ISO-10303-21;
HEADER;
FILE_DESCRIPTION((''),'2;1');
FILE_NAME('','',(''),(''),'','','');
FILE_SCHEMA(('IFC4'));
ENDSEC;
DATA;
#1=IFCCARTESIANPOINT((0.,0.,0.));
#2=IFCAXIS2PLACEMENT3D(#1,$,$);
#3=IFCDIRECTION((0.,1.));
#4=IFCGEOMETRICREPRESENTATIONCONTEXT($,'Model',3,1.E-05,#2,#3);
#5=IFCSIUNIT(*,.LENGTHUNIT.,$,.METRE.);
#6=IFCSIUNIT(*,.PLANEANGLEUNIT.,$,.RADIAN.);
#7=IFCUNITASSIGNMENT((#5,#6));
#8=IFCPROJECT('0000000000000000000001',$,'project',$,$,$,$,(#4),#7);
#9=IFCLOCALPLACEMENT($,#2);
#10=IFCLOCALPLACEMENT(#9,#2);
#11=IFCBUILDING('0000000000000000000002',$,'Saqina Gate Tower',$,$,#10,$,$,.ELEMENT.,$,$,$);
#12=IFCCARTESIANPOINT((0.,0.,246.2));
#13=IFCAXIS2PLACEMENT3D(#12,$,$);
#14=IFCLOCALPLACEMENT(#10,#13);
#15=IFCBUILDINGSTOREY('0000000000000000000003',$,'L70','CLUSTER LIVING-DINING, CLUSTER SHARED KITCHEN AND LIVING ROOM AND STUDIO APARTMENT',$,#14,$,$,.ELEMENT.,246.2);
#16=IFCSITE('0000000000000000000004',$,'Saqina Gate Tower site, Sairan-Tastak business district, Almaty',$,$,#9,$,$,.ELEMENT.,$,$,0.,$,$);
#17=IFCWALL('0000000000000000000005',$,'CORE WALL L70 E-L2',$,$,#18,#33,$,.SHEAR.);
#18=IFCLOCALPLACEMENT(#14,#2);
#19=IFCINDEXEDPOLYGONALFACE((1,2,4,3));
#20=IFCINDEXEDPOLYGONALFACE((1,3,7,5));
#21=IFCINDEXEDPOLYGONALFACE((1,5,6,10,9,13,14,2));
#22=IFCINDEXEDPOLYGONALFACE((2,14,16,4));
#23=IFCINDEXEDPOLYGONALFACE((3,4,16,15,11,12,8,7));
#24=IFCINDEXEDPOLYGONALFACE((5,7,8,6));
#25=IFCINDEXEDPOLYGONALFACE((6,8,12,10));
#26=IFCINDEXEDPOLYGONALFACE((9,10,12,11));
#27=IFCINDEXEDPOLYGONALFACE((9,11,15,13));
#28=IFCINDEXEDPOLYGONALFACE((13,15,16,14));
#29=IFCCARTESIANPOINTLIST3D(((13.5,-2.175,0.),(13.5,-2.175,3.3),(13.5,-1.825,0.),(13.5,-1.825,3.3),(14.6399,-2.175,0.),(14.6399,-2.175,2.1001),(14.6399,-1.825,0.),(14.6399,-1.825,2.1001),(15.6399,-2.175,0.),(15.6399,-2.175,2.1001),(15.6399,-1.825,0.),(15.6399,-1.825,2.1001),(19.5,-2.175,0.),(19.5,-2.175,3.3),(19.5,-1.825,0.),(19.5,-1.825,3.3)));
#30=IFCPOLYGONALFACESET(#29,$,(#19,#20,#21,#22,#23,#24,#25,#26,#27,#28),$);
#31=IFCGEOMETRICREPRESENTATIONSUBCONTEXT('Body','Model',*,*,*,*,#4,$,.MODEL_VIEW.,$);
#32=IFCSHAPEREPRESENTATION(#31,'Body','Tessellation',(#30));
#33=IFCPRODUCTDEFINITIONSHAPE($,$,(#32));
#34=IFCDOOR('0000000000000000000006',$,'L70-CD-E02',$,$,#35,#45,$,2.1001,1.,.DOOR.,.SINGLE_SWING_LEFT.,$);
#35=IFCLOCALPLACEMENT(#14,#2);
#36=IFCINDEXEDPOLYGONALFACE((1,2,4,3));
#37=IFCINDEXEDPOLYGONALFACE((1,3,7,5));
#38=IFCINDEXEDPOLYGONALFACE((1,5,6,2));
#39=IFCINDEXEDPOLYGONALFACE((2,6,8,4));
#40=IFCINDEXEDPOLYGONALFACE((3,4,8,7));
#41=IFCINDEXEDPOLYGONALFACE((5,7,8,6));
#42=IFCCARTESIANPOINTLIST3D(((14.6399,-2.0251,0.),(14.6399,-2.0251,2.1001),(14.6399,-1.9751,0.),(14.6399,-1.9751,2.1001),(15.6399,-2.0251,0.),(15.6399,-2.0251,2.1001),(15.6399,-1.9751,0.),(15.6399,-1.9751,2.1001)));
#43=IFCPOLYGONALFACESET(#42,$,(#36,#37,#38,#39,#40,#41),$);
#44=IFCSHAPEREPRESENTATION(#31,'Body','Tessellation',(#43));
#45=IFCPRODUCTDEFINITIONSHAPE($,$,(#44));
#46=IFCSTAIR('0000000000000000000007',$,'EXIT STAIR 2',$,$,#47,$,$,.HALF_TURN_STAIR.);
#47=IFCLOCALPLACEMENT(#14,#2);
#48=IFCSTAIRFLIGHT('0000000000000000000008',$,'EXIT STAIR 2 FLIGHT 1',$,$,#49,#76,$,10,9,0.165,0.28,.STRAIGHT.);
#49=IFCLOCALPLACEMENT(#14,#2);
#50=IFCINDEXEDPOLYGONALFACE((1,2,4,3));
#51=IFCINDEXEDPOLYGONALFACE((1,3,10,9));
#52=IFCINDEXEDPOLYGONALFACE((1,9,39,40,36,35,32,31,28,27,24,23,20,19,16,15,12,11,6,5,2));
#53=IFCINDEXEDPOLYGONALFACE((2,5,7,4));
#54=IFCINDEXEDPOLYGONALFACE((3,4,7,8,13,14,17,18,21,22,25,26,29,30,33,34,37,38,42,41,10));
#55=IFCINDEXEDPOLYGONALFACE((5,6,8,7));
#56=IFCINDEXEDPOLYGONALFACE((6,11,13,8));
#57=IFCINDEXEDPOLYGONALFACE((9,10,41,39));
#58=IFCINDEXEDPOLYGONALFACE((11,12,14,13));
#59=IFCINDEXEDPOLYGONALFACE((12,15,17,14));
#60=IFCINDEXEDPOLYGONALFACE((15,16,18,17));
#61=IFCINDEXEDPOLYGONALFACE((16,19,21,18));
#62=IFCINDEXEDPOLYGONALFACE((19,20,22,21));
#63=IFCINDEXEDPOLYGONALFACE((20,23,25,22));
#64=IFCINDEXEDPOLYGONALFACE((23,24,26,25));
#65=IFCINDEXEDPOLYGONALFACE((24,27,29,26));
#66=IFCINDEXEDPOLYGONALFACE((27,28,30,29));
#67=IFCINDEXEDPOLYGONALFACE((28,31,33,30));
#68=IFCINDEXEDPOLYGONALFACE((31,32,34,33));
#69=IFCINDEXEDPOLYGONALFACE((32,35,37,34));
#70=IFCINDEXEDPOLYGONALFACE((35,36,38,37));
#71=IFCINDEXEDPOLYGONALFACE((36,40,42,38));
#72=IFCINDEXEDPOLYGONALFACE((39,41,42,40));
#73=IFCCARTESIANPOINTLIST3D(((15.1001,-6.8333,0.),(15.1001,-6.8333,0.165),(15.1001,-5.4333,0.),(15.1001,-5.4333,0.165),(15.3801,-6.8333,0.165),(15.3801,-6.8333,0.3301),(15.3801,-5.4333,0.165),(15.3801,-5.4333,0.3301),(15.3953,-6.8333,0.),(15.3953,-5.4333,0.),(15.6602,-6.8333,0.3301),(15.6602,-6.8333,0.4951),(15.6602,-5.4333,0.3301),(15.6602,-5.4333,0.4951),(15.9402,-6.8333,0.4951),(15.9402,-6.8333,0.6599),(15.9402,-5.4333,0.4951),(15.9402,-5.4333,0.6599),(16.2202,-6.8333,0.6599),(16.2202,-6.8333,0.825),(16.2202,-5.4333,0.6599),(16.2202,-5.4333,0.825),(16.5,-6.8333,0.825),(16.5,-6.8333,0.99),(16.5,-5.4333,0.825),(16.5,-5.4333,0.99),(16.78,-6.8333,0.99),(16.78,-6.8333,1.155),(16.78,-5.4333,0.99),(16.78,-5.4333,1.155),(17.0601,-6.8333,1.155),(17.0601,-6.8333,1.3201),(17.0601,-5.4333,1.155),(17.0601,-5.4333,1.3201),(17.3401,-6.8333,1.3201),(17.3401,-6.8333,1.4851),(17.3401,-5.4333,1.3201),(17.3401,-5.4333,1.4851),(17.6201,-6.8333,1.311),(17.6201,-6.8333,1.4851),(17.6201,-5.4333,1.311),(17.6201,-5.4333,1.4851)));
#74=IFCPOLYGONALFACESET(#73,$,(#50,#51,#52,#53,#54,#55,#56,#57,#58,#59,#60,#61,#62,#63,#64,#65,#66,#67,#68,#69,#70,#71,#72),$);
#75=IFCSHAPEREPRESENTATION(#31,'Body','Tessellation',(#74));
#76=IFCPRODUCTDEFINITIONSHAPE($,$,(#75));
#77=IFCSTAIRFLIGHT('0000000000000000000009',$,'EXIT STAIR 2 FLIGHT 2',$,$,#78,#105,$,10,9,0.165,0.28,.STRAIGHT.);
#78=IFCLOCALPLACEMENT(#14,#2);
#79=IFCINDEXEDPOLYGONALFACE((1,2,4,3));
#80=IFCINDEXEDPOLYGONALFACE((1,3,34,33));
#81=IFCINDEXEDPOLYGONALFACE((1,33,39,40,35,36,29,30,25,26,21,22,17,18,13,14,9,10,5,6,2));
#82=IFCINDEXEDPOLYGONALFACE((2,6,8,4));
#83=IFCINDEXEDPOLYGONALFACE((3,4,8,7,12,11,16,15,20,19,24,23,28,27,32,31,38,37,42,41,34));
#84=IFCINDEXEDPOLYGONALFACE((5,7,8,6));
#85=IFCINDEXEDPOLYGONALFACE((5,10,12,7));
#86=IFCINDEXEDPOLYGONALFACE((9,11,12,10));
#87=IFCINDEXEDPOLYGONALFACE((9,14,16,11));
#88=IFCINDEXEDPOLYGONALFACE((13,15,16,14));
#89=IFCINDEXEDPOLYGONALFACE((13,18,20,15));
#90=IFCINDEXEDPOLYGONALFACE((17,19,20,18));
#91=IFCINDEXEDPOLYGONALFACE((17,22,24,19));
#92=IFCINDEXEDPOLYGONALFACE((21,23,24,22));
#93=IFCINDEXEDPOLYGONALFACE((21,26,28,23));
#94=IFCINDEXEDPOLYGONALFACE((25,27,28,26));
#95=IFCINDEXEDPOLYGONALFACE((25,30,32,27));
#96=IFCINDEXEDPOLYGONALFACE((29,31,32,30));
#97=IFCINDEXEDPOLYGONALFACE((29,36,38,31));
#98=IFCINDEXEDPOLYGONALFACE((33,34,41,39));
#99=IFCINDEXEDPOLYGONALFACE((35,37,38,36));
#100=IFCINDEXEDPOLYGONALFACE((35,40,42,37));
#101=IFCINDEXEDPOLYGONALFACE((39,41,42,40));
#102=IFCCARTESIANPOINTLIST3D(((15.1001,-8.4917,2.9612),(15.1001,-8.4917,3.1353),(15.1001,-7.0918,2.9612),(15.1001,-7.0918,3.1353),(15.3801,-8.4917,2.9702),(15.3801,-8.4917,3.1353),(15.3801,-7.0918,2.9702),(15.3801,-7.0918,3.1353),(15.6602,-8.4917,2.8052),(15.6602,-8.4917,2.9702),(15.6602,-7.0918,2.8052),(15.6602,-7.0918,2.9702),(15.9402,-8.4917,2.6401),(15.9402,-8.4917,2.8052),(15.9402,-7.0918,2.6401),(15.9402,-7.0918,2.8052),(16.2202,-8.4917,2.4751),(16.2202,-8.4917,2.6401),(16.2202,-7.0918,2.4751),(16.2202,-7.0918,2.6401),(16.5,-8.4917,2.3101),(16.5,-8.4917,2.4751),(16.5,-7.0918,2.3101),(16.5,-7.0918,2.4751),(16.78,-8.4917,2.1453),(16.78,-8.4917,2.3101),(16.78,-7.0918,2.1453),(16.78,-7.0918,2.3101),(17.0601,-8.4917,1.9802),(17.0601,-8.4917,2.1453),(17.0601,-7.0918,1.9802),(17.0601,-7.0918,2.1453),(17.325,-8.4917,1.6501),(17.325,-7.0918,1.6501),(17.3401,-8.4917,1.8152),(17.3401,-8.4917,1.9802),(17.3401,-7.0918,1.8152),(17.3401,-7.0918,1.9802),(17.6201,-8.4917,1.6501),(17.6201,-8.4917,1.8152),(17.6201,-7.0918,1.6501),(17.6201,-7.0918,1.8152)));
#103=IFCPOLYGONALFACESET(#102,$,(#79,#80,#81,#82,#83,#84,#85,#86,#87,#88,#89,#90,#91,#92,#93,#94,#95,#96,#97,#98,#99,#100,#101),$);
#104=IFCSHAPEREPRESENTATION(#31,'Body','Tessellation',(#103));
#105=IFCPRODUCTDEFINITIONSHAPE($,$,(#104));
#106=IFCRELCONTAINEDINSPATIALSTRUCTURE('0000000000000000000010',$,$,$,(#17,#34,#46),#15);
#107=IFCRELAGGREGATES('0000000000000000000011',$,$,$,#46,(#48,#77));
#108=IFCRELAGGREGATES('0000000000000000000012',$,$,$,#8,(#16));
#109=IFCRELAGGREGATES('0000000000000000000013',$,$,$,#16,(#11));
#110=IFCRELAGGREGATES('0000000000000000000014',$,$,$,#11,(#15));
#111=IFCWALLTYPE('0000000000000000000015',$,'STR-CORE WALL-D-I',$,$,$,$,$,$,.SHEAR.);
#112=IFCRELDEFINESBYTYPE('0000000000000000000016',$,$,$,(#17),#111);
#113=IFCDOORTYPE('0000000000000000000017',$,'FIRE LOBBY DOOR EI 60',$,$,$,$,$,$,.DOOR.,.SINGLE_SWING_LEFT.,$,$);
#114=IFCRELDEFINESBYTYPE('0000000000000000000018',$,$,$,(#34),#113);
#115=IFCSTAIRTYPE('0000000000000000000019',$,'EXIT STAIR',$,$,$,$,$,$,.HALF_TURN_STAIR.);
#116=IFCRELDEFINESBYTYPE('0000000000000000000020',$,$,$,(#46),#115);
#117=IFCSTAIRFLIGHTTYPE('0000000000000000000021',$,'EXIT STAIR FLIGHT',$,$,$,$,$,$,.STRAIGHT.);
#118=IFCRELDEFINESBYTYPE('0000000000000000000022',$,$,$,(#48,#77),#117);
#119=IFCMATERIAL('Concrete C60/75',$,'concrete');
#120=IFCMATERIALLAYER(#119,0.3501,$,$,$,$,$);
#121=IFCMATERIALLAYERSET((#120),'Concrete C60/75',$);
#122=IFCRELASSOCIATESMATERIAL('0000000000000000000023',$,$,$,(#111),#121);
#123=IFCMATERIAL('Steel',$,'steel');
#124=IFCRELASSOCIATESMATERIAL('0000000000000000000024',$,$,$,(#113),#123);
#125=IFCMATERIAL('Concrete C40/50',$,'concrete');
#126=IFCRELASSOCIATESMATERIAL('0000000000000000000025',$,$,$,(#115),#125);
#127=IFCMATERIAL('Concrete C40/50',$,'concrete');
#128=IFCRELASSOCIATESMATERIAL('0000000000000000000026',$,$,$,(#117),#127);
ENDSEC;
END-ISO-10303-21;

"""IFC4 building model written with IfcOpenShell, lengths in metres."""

from ifc_helpers import new_model, si_unit, direction, frame, frame_2d, origin, place, context, subcontext, project, spatial, polyline, rectangle, outline, extrude, material, layer, layer_set, type_object, element, fill, aggregate, save


model = new_model("IFC4")

# Units and contexts
model_context = context("Model", 3, precision=1e-05, world=origin(), true_north=direction((0.0, 1.0)))
body_context = subcontext(model_context, "Body", "Model", "MODEL_VIEW")
ifc_project = project(units=[si_unit("LENGTHUNIT", "METRE"), si_unit("PLANEANGLEUNIT", "RADIAN")], contexts=[model_context])

# Site, building, storey
site_placement = place(None, origin())
site = spatial("IfcSite", under=ifc_project, at=site_placement, Name="Saqina Gate Tower site, Sairan-Tastak business district, Almaty", CompositionType="ELEMENT", RefElevation=0.0)
building_placement = place(site_placement, origin())
building = spatial("IfcBuilding", under=site, at=building_placement, Name="Saqina Gate Tower", CompositionType="ELEMENT")
storey_placement = place(building_placement, frame((0.0, 0.0, 246.2)))
storey = spatial("IfcBuildingStorey", under=building, at=storey_placement, Name="L70", Description="CLUSTER LIVING-DINING, CLUSTER SHARED KITCHEN AND LIVING ROOM AND STUDIO APARTMENT", CompositionType="ELEMENT", Elevation=246.2)

# Wall, opening, door
ifc_material_1 = material(Name="Concrete C60/75", Category="concrete")
ifc_layer_1 = layer(ifc_material_1, 0.3501)
ifc_layer_set_1 = layer_set([ifc_layer_1], Name="Concrete C60/75")
wall_type_1 = type_object("IfcWallType", Name="STR-CORE WALL-D-I", PredefinedType="SHEAR", material=ifc_layer_set_1)
wall_1_placement = place(storey_placement, frame((13.5, -2.0, 0.0), z_axis=(0.0, 0.0, 1.0), x_axis=(1.0, 0.0, 0.0)))
wall_1 = element("IfcWall", 1, at=wall_1_placement, inside=storey, type_object=wall_type_1, Name="CORE WALL L70 E-L2", PredefinedType="SHEAR", context=body_context, shape_type="SweptSolid", body=[
    extrude(rectangle(XDim=6.0, YDim=0.3501, at=frame_2d((3.0, 0.0))), origin(), (0.0, 0.0, 1.0), 3.3),
])
opening_1_placement = place(wall_1_placement, frame((1.1399, 0.0, 0.0)))
opening_1 = element("IfcOpeningElement", 2, at=opening_1_placement, cuts=wall_1, PredefinedType="OPENING", context=body_context, shape_type="SweptSolid", body=[
    extrude(rectangle(XDim=1.0, YDim=2.1001, at=frame_2d((0.5, 1.05))), frame((0.0, 0.187, 0.0), z_axis=(0.0, -1.0, 0.0), x_axis=(1.0, 0.0, 0.0)), (0.0, 0.0, 1.0), 0.374),
])
ifc_material_2 = material(Name="Steel", Category="steel")
door_type_1 = type_object("IfcDoorType", Name="FIRE LOBBY DOOR EI 60", OperationType="SINGLE_SWING_LEFT", PredefinedType="DOOR", material=ifc_material_2)
door_1_placement = place(opening_1_placement, origin())
door_1 = element("IfcDoor", 3, at=door_1_placement, inside=storey, type_object=door_type_1, Name="L70-CD-E02", OperationType="SINGLE_SWING_LEFT", OverallHeight=2.1001, OverallWidth=1.0, PredefinedType="DOOR", context=body_context, shape_type="SweptSolid", body=[
    extrude(rectangle(XDim=1.0, YDim=2.1001, at=frame_2d((0.5, 1.05))), frame((0.0, 0.0249, 0.0), z_axis=(0.0, -1.0, 0.0), x_axis=(1.0, 0.0, 0.0)), (0.0, 0.0, 1.0), 0.05),
])
fill(opening_1, door_1)

# Stair, stair flights
ifc_material_3 = material(Name="Concrete C40/50", Category="concrete")
stair_type = type_object("IfcStairType", Name="EXIT STAIR", PredefinedType="HALF_TURN_STAIR", material=ifc_material_3)
stair_placement = place(storey_placement, origin())
stair = element("IfcStair", 4, at=stair_placement, inside=storey, type_object=stair_type, Name="EXIT STAIR 2", PredefinedType="HALF_TURN_STAIR")
ifc_material_4 = material(Name="Concrete C40/50", Category="concrete")
stair_flight_type = type_object("IfcStairFlightType", Name="EXIT STAIR FLIGHT", PredefinedType="STRAIGHT", material=ifc_material_4)
stair_flight_1_placement = place(storey_placement, frame((15.1001, -6.1333, 0.0), z_axis=(0.0, 0.0, 1.0), x_axis=(1.0, 0.0, 0.0)))
stair_flight_1 = element("IfcStairFlight", 5, at=stair_flight_1_placement, type_object=stair_flight_type, Name="EXIT STAIR 2 FLIGHT 1", NumberOfRisers=10, NumberOfTreads=9, PredefinedType="STRAIGHT", RiserHeight=0.165, TreadLength=0.28, context=body_context, shape_type="SweptSolid", body=[
    extrude(outline(polyline([(0.0, 0.0), (0.0, 0.165), (0.28, 0.165), (0.28, 0.3301), (0.5601, 0.3301), (0.5601, 0.4951), (0.8401, 0.4951), (0.8401, 0.6599), (1.1201, 0.6599), (1.1201, 0.825), (1.3999, 0.825), (1.3999, 0.99), (1.6799, 0.99), (1.6799, 1.155), (1.96, 1.155), (1.96, 1.3201), (2.24, 1.3201), (2.24, 1.4851), (2.52, 1.4851), (2.52, 1.6499), (2.52, 1.311), (0.2952, 0.0), (0.0, 0.0)])), frame((0.0, 0.7, 0.0), z_axis=(0.0, -1.0, 0.0), x_axis=(1.0, 0.0, 0.0)), (0.0, 0.0, 1.0), 1.3999),
])
stair_flight_2_placement = place(storey_placement, frame((17.6201, -7.7917, 1.6501), z_axis=(0.0, 0.0, 1.0), x_axis=(-1.0, 0.0, 0.0)))
stair_flight_2 = element("IfcStairFlight", 6, at=stair_flight_2_placement, type_object=stair_flight_type, Name="EXIT STAIR 2 FLIGHT 2", NumberOfRisers=10, NumberOfTreads=9, PredefinedType="STRAIGHT", RiserHeight=0.165, TreadLength=0.28, context=body_context, shape_type="SweptSolid", body=[
    extrude(outline(polyline([(0.0, 0.0), (0.0, 0.165), (0.28, 0.165), (0.28, 0.3301), (0.5601, 0.3301), (0.5601, 0.4951), (0.8401, 0.4951), (0.8401, 0.6599), (1.1201, 0.6599), (1.1201, 0.825), (1.3999, 0.825), (1.3999, 0.99), (1.6799, 0.99), (1.6799, 1.155), (1.96, 1.155), (1.96, 1.3201), (2.24, 1.3201), (2.24, 1.4851), (2.52, 1.4851), (2.52, 1.6499), (2.52, 1.311), (0.2952, 0.0), (0.0, 0.0)])), frame((0.0, 0.7, 0.0), z_axis=(0.0, -1.0, 0.0), x_axis=(1.0, 0.0, 0.0)), (0.0, 0.0, 1.0), 1.3999),
])
aggregate(stair, [stair_flight_1, stair_flight_2])

save(model, "model.ifc")
